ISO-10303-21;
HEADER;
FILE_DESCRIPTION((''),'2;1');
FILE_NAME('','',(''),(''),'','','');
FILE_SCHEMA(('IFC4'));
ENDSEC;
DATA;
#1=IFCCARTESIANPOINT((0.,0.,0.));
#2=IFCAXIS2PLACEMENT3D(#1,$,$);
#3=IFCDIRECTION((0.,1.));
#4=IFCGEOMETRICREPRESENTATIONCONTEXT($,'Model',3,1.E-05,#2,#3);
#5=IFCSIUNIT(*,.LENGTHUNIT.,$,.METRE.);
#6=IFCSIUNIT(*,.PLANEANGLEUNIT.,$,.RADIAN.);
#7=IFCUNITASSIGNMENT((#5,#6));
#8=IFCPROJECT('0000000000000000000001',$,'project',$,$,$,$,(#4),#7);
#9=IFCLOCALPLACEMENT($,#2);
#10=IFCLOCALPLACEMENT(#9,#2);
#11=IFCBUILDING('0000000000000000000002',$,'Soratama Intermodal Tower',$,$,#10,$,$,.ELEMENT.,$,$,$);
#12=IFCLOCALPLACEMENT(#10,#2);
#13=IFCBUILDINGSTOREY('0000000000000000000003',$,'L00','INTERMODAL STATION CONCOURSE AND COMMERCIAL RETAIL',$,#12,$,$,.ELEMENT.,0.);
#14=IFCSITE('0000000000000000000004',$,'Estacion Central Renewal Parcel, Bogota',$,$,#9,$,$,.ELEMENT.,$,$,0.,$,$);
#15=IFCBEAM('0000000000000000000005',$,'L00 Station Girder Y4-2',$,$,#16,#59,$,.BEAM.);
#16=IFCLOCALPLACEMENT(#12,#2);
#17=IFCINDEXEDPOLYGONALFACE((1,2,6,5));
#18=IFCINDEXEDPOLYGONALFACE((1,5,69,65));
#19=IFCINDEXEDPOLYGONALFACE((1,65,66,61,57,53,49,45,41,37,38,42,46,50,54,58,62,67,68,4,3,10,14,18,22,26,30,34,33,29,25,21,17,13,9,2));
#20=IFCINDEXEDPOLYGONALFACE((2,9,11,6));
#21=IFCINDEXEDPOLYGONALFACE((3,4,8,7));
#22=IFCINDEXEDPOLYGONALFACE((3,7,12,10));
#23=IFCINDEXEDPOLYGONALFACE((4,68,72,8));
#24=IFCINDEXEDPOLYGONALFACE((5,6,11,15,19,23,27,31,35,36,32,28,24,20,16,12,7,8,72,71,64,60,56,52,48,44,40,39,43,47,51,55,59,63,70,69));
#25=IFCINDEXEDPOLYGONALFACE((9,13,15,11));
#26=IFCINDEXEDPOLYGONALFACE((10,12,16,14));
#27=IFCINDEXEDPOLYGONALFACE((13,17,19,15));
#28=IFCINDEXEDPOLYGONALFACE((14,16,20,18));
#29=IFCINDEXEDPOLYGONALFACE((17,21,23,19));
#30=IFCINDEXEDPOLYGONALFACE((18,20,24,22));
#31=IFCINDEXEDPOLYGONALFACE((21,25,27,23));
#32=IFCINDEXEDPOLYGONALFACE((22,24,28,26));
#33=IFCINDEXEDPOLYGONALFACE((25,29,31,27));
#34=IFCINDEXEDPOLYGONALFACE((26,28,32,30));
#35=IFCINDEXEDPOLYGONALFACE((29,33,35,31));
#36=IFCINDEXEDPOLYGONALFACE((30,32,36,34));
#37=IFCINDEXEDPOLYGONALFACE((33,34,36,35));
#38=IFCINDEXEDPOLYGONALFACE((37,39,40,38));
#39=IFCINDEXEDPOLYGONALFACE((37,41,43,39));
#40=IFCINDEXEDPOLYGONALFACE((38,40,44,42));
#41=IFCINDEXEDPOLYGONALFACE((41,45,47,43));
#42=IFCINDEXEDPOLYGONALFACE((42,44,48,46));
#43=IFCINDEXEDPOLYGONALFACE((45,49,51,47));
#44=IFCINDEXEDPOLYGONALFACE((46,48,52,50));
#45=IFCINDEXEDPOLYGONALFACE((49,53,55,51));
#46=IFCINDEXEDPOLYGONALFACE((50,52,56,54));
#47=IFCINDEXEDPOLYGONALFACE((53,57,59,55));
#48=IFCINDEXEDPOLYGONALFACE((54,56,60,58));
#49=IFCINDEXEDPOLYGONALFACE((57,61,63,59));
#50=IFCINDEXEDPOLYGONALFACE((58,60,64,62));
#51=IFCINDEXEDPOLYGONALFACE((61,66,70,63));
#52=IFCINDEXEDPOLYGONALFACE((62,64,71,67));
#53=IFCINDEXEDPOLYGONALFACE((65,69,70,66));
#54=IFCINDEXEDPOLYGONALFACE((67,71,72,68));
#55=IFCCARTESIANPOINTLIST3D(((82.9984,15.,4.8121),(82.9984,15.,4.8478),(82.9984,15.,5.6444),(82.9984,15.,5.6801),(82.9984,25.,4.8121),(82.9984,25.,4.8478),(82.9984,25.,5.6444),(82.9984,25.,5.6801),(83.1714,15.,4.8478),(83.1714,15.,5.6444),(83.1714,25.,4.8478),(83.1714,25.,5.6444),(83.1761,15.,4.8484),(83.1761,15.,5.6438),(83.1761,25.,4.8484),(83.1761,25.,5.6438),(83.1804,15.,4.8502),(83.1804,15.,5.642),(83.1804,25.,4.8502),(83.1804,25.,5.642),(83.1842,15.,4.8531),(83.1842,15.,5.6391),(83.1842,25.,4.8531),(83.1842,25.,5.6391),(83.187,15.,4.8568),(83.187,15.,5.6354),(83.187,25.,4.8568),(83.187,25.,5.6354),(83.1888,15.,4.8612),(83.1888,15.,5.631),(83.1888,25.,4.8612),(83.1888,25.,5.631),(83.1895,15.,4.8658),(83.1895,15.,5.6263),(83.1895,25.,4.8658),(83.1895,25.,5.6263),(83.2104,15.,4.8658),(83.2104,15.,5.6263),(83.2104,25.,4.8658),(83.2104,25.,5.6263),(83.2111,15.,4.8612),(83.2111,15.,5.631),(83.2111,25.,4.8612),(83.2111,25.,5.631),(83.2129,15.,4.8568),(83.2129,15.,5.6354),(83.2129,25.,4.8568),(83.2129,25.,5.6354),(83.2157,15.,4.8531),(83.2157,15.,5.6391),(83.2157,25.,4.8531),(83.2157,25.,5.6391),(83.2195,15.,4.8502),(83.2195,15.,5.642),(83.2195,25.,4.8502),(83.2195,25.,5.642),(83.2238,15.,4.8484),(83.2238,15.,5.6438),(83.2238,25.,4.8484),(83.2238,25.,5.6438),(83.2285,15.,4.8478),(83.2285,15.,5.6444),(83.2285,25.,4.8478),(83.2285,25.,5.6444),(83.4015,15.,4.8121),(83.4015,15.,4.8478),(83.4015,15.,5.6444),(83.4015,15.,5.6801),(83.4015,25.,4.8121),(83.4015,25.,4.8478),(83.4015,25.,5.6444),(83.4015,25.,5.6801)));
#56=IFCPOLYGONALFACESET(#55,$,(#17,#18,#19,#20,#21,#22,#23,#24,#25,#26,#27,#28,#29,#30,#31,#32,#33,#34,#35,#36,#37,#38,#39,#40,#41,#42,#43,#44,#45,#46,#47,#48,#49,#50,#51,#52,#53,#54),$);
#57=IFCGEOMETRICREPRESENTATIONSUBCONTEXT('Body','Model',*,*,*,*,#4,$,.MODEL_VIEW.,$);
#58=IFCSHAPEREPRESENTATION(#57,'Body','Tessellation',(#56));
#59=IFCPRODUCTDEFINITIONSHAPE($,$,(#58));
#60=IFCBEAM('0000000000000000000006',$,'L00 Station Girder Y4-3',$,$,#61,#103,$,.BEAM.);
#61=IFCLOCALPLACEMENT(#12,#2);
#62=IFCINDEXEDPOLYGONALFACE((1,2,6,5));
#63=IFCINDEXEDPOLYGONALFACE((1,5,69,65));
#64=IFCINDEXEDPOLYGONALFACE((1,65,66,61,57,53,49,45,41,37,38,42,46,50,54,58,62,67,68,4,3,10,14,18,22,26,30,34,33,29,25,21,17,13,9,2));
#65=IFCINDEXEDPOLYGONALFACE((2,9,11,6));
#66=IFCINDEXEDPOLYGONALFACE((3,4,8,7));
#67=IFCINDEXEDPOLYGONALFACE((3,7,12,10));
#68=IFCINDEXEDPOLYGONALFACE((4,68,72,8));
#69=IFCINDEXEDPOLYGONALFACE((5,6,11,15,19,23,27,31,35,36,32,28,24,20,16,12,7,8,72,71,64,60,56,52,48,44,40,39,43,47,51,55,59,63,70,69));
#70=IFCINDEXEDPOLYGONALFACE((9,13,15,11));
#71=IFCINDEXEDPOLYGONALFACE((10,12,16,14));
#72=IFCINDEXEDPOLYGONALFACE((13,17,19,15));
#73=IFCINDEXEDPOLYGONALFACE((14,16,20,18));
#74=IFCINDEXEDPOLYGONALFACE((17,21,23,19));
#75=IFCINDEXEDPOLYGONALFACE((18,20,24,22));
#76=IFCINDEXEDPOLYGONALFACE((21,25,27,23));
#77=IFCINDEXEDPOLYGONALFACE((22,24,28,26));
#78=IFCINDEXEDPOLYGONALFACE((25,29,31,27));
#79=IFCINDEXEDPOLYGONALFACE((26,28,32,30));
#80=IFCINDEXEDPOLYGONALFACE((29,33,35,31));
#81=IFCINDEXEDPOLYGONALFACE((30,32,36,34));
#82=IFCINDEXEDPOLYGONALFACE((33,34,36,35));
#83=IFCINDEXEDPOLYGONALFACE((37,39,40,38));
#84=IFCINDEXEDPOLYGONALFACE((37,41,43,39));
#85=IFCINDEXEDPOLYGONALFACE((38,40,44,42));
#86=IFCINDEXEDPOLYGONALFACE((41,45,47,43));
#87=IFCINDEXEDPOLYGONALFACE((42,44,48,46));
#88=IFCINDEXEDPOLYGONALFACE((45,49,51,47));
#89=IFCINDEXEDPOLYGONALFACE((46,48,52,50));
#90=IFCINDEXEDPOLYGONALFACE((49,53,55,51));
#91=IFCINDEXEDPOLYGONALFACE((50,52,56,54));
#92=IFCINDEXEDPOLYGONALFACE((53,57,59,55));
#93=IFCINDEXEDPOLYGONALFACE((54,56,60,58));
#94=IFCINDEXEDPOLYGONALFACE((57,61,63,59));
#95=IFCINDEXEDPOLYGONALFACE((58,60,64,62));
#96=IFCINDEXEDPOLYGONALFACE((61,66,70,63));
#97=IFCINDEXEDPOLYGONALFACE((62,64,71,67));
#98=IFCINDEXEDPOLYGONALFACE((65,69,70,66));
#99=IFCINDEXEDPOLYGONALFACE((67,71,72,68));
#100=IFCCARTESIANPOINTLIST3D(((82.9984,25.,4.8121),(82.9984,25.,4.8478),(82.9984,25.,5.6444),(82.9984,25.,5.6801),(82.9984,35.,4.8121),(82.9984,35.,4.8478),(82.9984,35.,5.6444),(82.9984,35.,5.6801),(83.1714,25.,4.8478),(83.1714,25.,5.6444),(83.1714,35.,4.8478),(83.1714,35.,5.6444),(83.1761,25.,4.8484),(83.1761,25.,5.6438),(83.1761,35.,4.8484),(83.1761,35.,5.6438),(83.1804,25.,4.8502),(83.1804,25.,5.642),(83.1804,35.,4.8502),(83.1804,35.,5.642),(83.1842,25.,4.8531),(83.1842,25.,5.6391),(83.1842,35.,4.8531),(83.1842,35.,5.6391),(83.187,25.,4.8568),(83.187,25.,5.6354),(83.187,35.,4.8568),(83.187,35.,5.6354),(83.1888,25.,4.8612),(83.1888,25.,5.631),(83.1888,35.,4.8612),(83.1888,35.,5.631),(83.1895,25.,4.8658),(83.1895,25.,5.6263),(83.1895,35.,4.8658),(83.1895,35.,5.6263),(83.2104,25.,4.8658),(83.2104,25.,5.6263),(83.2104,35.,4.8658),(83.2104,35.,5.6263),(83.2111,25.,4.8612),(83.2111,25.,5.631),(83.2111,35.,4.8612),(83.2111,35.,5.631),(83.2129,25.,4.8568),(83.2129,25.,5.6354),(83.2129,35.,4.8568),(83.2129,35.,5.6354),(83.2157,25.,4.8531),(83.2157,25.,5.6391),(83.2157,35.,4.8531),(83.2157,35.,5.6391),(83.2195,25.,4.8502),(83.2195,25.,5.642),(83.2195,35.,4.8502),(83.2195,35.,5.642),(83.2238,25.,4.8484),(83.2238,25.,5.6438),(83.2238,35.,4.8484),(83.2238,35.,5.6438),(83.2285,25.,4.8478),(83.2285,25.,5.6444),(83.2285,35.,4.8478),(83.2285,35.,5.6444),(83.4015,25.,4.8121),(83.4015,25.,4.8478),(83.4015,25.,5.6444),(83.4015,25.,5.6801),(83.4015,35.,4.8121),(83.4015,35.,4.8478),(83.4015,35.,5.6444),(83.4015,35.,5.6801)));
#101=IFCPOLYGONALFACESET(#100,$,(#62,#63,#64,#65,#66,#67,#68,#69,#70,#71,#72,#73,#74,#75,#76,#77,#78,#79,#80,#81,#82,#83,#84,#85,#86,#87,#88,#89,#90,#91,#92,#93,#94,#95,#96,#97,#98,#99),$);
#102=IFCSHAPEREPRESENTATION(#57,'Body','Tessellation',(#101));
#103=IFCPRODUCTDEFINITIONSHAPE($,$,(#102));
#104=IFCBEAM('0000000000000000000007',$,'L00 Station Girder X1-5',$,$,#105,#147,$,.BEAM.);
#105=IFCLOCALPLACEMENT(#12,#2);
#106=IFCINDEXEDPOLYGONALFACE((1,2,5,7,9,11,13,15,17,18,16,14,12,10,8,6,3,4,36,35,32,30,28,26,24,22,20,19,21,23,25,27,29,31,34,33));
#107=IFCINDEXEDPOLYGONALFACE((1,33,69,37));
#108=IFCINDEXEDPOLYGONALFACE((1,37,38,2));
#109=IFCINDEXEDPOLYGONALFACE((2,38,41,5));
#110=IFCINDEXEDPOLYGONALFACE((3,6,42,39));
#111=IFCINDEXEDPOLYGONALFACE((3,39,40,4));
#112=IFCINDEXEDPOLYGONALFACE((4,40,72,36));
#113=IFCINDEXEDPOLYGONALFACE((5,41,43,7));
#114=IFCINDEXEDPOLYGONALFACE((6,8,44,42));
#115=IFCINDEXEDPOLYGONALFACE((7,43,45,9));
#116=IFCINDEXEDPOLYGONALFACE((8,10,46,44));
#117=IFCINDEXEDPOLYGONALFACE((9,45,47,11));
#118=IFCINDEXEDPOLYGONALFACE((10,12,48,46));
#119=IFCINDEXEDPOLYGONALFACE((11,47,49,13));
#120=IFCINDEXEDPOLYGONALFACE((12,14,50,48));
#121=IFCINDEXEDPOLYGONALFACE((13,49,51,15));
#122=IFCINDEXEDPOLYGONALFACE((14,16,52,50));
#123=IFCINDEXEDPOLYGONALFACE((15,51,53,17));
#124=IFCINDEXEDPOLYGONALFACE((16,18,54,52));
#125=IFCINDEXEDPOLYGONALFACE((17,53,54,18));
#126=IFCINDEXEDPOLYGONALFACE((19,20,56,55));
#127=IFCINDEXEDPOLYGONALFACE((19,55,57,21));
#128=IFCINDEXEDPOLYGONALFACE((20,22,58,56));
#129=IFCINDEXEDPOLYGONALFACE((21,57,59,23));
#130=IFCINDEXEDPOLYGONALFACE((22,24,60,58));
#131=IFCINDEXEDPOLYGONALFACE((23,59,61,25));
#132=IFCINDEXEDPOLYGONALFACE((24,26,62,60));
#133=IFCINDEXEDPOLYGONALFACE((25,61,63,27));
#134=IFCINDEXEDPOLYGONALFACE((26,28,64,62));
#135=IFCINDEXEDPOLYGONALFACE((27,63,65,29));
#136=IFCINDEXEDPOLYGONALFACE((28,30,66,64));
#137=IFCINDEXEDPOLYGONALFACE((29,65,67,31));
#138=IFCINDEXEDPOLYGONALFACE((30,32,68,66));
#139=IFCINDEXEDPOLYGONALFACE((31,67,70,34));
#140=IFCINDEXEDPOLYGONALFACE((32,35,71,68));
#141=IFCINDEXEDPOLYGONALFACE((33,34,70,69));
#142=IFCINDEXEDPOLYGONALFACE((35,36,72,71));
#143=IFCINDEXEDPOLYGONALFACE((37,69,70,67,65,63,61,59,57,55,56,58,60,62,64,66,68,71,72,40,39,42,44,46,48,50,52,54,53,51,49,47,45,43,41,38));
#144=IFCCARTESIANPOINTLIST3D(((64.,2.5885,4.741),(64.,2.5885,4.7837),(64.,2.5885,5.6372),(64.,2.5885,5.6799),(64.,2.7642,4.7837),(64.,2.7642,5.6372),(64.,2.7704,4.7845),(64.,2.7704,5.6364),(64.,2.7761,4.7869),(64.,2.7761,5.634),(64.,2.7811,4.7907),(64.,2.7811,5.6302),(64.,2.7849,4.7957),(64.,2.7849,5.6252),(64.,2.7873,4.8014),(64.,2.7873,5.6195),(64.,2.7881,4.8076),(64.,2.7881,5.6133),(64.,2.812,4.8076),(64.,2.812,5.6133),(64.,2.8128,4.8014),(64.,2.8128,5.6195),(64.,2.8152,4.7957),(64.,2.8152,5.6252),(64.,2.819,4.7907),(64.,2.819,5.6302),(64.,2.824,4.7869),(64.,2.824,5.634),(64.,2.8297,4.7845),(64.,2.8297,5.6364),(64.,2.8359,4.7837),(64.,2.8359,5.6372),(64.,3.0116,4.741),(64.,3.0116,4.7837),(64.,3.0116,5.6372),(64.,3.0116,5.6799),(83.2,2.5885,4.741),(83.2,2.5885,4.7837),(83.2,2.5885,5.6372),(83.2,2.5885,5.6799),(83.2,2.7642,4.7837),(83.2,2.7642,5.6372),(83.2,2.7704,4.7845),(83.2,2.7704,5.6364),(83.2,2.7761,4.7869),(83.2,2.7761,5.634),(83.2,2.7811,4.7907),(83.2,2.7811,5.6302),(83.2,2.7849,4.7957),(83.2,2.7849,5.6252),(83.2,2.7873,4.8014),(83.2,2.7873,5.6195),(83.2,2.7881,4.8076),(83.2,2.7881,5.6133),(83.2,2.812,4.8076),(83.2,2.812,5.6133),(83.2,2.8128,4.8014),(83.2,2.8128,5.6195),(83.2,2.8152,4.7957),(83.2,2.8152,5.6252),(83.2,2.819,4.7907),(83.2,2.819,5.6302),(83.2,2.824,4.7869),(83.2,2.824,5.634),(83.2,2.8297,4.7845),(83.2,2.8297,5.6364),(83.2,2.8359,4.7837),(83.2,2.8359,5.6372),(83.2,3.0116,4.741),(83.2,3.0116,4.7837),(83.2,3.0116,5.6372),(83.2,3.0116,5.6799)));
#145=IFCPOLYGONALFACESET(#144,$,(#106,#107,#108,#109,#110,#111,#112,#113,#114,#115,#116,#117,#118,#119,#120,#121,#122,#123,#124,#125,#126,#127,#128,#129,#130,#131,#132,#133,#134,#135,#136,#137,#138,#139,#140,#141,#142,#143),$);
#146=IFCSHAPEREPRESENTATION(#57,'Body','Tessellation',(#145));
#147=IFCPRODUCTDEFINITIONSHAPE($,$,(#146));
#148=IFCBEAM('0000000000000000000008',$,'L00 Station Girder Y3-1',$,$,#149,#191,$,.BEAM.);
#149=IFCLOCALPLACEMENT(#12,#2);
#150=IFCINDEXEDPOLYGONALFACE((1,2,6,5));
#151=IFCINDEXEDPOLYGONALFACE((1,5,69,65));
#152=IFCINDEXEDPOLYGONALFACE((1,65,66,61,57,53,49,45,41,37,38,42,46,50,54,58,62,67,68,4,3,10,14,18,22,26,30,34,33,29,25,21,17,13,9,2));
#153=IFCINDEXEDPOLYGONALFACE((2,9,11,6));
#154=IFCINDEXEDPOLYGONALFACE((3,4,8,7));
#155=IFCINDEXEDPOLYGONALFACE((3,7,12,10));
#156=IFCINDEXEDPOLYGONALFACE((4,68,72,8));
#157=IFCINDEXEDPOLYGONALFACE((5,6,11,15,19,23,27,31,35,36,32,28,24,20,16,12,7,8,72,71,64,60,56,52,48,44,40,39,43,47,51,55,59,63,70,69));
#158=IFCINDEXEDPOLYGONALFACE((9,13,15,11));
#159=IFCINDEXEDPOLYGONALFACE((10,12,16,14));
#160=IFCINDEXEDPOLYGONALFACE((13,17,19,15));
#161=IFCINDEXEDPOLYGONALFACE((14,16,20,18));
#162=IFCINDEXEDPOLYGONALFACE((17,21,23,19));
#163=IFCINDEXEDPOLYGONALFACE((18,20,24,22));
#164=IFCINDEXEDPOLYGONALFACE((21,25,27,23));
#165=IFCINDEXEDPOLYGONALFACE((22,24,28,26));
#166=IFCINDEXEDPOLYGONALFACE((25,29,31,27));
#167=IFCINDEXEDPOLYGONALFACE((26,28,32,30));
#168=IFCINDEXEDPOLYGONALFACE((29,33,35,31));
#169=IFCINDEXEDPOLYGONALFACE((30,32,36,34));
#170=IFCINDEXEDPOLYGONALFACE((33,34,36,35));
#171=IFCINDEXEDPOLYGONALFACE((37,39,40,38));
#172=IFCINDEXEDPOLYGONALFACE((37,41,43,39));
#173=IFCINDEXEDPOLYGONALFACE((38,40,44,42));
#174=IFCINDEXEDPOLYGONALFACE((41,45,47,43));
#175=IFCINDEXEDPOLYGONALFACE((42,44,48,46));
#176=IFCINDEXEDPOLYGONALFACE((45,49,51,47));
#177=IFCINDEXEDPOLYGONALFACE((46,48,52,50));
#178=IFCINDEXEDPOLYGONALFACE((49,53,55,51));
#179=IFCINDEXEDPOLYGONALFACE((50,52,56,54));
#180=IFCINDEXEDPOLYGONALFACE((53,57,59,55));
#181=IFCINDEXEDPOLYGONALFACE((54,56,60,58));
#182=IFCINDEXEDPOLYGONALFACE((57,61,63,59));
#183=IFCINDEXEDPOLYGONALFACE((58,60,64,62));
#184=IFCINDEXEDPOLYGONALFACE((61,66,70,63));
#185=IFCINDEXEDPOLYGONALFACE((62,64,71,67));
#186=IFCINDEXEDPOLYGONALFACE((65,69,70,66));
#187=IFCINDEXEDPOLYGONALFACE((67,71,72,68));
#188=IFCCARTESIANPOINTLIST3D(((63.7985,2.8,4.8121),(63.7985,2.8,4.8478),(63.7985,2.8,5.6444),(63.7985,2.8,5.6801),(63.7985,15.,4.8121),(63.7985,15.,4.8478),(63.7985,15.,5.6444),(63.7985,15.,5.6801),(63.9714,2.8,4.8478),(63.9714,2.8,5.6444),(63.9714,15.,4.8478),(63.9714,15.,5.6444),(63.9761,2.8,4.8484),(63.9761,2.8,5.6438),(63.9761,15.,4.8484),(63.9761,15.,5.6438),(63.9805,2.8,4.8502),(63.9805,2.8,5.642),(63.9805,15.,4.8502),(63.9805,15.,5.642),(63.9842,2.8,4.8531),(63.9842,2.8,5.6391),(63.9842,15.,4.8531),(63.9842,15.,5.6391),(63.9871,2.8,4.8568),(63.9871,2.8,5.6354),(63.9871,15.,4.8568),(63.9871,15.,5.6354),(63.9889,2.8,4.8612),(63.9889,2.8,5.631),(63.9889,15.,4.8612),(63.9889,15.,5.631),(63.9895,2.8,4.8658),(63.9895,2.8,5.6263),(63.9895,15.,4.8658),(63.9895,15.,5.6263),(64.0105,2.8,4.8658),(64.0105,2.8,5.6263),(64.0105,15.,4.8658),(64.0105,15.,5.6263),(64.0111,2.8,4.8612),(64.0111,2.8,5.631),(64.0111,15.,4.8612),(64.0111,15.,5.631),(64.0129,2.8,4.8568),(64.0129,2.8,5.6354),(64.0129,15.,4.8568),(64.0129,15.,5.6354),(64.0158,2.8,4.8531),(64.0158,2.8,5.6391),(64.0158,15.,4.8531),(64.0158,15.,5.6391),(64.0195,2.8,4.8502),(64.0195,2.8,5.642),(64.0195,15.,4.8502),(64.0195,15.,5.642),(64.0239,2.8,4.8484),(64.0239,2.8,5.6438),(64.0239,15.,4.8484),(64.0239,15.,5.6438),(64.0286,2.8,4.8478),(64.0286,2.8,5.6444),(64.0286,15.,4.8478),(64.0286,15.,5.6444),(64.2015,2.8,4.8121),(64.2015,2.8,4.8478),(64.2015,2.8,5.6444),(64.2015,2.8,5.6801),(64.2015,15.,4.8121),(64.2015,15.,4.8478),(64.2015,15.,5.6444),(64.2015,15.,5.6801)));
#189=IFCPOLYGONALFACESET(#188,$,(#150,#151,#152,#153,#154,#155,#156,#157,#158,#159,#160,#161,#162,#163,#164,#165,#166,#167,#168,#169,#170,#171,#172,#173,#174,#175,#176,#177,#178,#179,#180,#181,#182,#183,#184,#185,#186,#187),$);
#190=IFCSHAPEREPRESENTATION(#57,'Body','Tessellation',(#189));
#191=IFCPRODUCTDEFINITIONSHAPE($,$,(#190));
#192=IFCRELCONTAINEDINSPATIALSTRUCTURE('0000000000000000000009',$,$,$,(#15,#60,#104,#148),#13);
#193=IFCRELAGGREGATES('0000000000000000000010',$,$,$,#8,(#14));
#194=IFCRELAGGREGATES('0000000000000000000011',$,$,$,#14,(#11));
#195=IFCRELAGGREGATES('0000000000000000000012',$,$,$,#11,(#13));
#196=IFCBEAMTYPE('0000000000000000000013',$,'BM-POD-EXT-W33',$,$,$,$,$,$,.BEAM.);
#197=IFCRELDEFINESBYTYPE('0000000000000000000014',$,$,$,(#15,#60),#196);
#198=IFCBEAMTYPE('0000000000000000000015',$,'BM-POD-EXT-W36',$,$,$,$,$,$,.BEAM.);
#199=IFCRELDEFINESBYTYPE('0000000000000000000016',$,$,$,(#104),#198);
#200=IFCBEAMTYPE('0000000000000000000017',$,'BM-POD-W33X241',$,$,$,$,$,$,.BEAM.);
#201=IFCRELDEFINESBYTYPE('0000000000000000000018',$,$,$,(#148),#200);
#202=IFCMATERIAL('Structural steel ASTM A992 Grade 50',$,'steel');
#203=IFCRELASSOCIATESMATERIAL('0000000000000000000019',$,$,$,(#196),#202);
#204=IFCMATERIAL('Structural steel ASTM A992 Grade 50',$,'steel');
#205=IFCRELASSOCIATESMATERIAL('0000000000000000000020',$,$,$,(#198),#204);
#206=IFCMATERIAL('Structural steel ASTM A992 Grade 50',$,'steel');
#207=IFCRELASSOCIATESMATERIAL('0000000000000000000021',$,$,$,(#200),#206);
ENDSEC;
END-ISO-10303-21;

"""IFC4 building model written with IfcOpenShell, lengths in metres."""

from ifc_helpers import new_model, si_unit, direction, frame, origin, origin_2d, place, context, subcontext, project, spatial, i_section, extrude, material, material_profile, profile_set, type_object, element, save


model = new_model("IFC4")

# Units and contexts
model_context = context("Model", 3, precision=1e-05, world=origin(), true_north=direction((0.0, 1.0)))
body_context = subcontext(model_context, "Body", "Model", "MODEL_VIEW")
ifc_project = project(units=[si_unit("LENGTHUNIT", "METRE"), si_unit("PLANEANGLEUNIT", "RADIAN")], contexts=[model_context])

# Site, building, storey
site_placement = place(None, origin())
site = spatial("IfcSite", under=ifc_project, at=site_placement, Name="Estacion Central Renewal Parcel, Bogota", CompositionType="ELEMENT", RefElevation=0.0)
building_placement = place(site_placement, origin())
building = spatial("IfcBuilding", under=site, at=building_placement, Name="Soratama Intermodal Tower", CompositionType="ELEMENT")
storey_placement = place(building_placement, origin())
storey = spatial("IfcBuildingStorey", under=building, at=storey_placement, Name="L00", Description="INTERMODAL STATION CONCOURSE AND COMMERCIAL RETAIL", CompositionType="ELEMENT", Elevation=0.0)

# Beams
ifc_material_1 = material(Name="Structural steel ASTM A992 Grade 50", Category="steel")
ifc_material_profile_1 = material_profile(ifc_material_1, i_section(OverallWidth=0.4031, OverallDepth=0.8679, WebThickness=0.021, FlangeThickness=0.0356, FilletRadius=0.0181, at=origin_2d()), Name="W33X241")
ifc_profile_set_1 = profile_set([ifc_material_profile_1], Name="Structural steel ASTM A992 Grade 50")
beam_type_1 = type_object("IfcBeamType", Name="BM-POD-EXT-W33", PredefinedType="BEAM", material=ifc_profile_set_1)
for number, where, z_axis, x_axis, name in (
    (1, (83.2, 15.0, 5.2461), (0.0, 1.0, 0.0), (-1.0, 0.0, 0.0), "L00 Station Girder Y4-2"),
    (2, (83.2, 25.0, 5.2461), (0.0, 1.0, 0.0), (-1.0, 0.0, 0.0), "L00 Station Girder Y4-3"),
):
    element("IfcBeam", number, at=place(storey_placement, frame(where, z_axis=z_axis, x_axis=x_axis)), inside=storey, type_object=beam_type_1, Name=name, PredefinedType="BEAM", context=body_context, shape_type="SweptSolid", body=[
        extrude(i_section(OverallWidth=0.4031, OverallDepth=0.8679, WebThickness=0.021, FlangeThickness=0.0356, FilletRadius=0.0181, at=origin_2d()), origin(), (0.0, 0.0, 1.0), 10.0),
    ])
ifc_material_2 = material(Name="Structural steel ASTM A992 Grade 50", Category="steel")
ifc_material_profile_2 = material_profile(ifc_material_2, i_section(OverallWidth=0.4231, OverallDepth=0.939, WebThickness=0.0239, FlangeThickness=0.0427, FilletRadius=0.0239, at=origin_2d()), Name="W36X302")
ifc_profile_set_2 = profile_set([ifc_material_profile_2], Name="Structural steel ASTM A992 Grade 50")
beam_type_2 = type_object("IfcBeamType", Name="BM-POD-EXT-W36", PredefinedType="BEAM", material=ifc_profile_set_2)
beam_1_placement = place(storey_placement, frame((64.0, 2.8, 5.2104), z_axis=(1.0, 0.0, 0.0), x_axis=(0.0, 1.0, 0.0)))
element("IfcBeam", 3, at=beam_1_placement, inside=storey, type_object=beam_type_2, Name="L00 Station Girder X1-5", PredefinedType="BEAM", context=body_context, shape_type="SweptSolid", body=[
    extrude(i_section(OverallWidth=0.4231, OverallDepth=0.939, WebThickness=0.0239, FlangeThickness=0.0427, FilletRadius=0.0239, at=origin_2d()), origin(), (0.0, 0.0, 1.0), 19.2),
])
ifc_material_3 = material(Name="Structural steel ASTM A992 Grade 50", Category="steel")
ifc_material_profile_3 = material_profile(ifc_material_3, i_section(OverallWidth=0.4031, OverallDepth=0.8679, WebThickness=0.021, FlangeThickness=0.0356, FilletRadius=0.0181, at=origin_2d()), Name="W33X241")
ifc_profile_set_3 = profile_set([ifc_material_profile_3], Name="Structural steel ASTM A992 Grade 50")
beam_type_3 = type_object("IfcBeamType", Name="BM-POD-W33X241", PredefinedType="BEAM", material=ifc_profile_set_3)
beam_2_placement = place(storey_placement, frame((64.0, 2.8, 5.2461), z_axis=(0.0, 1.0, 0.0), x_axis=(-1.0, 0.0, 0.0)))
element("IfcBeam", 4, at=beam_2_placement, inside=storey, type_object=beam_type_3, Name="L00 Station Girder Y3-1", PredefinedType="BEAM", context=body_context, shape_type="SweptSolid", body=[
    extrude(i_section(OverallWidth=0.4031, OverallDepth=0.8679, WebThickness=0.021, FlangeThickness=0.0356, FilletRadius=0.0181, at=origin_2d()), origin(), (0.0, 0.0, 1.0), 12.2),
])

save(model, "model.ifc")
